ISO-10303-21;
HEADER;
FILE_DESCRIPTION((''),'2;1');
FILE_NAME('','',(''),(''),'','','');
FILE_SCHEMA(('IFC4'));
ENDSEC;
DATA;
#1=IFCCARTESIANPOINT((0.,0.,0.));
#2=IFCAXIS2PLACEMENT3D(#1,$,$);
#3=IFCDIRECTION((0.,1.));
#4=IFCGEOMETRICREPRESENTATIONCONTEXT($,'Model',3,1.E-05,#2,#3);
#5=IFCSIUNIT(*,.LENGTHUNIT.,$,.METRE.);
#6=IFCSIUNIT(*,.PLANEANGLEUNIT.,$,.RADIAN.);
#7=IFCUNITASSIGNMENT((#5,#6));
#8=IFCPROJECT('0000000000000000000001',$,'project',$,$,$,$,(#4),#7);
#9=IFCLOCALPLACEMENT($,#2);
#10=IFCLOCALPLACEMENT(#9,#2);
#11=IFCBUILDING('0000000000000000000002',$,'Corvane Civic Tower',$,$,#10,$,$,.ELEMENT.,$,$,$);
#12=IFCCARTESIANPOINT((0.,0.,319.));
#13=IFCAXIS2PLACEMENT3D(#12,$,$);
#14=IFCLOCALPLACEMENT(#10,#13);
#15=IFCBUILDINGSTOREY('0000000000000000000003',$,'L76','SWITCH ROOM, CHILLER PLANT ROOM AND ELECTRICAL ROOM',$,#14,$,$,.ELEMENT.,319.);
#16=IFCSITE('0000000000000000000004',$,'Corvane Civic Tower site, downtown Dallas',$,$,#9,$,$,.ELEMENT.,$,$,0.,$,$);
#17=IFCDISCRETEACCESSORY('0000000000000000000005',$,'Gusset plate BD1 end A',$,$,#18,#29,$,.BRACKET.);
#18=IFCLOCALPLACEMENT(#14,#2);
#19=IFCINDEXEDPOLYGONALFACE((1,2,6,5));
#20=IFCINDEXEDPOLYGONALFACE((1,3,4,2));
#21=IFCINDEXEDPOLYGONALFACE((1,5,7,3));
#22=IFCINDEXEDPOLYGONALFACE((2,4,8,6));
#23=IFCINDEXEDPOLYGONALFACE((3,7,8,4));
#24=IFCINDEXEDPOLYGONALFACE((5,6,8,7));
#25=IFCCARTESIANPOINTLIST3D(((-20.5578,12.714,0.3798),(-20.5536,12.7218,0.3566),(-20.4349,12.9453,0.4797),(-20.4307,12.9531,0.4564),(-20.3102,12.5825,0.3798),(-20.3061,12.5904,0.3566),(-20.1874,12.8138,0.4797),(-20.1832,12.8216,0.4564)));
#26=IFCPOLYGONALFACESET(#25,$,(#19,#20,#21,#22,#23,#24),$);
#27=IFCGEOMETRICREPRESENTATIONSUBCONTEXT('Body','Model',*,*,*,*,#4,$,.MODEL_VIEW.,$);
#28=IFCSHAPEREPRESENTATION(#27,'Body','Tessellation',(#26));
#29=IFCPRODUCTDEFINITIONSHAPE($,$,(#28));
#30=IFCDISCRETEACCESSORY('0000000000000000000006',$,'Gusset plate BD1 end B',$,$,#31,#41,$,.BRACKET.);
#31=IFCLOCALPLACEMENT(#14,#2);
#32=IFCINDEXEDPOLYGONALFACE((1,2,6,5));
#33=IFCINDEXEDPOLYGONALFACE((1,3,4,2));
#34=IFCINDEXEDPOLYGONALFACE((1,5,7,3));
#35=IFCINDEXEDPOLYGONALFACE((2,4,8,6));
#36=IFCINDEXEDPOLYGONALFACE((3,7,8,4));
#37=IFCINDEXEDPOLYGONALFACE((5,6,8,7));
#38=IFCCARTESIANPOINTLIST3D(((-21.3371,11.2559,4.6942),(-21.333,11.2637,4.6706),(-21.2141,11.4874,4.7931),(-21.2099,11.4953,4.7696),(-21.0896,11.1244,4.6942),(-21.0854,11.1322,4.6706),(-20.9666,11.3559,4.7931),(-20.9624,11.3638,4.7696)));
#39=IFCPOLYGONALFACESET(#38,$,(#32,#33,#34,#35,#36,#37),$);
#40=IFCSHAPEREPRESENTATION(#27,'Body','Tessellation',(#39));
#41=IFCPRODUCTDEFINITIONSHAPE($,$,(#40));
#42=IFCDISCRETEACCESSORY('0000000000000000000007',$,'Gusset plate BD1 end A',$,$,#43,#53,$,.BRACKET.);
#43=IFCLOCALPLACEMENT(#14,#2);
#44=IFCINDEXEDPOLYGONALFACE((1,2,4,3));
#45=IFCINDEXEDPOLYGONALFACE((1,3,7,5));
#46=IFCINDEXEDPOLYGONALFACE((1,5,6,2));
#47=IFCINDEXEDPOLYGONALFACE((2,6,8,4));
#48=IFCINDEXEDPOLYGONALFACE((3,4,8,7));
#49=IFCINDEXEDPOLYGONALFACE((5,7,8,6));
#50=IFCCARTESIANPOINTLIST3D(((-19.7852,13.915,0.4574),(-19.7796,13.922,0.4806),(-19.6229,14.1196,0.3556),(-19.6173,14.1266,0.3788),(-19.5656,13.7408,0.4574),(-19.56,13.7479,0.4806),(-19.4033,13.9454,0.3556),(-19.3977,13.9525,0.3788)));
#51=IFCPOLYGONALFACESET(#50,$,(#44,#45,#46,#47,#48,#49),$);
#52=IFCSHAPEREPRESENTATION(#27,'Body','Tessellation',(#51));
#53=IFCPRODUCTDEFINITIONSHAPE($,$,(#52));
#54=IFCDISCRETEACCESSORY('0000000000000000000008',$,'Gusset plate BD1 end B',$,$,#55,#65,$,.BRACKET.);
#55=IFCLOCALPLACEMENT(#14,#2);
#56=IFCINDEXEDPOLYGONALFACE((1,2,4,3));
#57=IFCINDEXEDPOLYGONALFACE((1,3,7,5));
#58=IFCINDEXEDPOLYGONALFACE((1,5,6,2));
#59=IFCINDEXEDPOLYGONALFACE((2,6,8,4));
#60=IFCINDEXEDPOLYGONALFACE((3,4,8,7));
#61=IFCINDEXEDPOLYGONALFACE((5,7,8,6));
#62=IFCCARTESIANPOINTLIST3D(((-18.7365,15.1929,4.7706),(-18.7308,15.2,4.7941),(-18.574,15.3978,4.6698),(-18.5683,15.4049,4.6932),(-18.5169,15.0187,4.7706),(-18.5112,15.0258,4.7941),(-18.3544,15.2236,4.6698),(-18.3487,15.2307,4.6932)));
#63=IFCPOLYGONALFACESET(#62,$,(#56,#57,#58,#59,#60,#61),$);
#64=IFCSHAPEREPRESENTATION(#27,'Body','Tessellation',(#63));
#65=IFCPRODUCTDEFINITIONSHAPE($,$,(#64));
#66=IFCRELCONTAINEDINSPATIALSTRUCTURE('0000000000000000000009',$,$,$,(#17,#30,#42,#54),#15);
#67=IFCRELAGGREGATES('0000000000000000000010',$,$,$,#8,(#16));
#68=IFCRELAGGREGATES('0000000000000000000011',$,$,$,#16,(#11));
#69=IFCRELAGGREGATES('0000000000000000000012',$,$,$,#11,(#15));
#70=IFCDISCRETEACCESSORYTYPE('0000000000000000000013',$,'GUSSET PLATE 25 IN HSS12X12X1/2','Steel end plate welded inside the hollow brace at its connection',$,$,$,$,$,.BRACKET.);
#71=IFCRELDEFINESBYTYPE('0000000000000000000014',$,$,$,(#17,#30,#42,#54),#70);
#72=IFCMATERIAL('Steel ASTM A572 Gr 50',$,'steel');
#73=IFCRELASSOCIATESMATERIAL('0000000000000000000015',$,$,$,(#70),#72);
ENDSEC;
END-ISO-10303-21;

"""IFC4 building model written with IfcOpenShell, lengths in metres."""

from ifc_helpers import new_model, si_unit, direction, frame, origin, origin_2d, place, context, subcontext, project, spatial, rectangle, extrude, material, material_profile, profile_set, type_object, element, save


model = new_model("IFC4")

# Units and contexts
model_context = context("Model", 3, precision=1e-05, world=origin(), true_north=direction((0.0, 1.0)))
body_context = subcontext(model_context, "Body", "Model", "MODEL_VIEW")
ifc_project = project(units=[si_unit("LENGTHUNIT", "METRE"), si_unit("PLANEANGLEUNIT", "RADIAN")], contexts=[model_context])

# Site, building, storey
site_placement = place(None, origin())
site = spatial("IfcSite", under=ifc_project, at=site_placement, Name="Corvane Civic Tower site, downtown Dallas", CompositionType="ELEMENT", RefElevation=0.0)
building_placement = place(site_placement, origin())
building = spatial("IfcBuilding", under=site, at=building_placement, Name="Corvane Civic Tower", CompositionType="ELEMENT")
storey_placement = place(building_placement, frame((0.0, 0.0, 319.0)))
storey = spatial("IfcBuildingStorey", under=building, at=storey_placement, Name="L76", Description="SWITCH ROOM, CHILLER PLANT ROOM AND ELECTRICAL ROOM", CompositionType="ELEMENT", Elevation=319.0)

# Discrete accessories
ifc_material_1 = material(Name="Steel ASTM A572 Gr 50", Category="steel")
ifc_material_profile_1 = material_profile(ifc_material_1, rectangle(XDim=0.2803, YDim=0.2803, at=origin_2d()), Name="GUSSET PLATE 25 IN HSS12X12X1/2")
ifc_profile_set_1 = profile_set([ifc_material_profile_1], Name="Steel ASTM A572 Gr 50")
discrete_accessory_type = type_object("IfcDiscreteAccessoryType", Name="GUSSET PLATE 25 IN HSS12X12X1/2", Description="Steel end plate welded inside the hollow brace at its connection", PredefinedType="BRACKET", material=ifc_profile_set_1)
discrete_accessory_1_placement = place(storey_placement, frame((-20.3684, 12.7717, 0.4065), z_axis=(-0.167198, -0.314725, 0.934341), x_axis=(0.883116, -0.469155, 0.0)))
element("IfcDiscreteAccessory", 1, at=discrete_accessory_1_placement, inside=storey, type_object=discrete_accessory_type, Name="Gusset plate BD1 end A", PredefinedType="BRACKET", context=body_context, shape_type="SweptSolid", body=[
    extrude(rectangle(XDim=0.2803, YDim=0.2803, at=origin_2d()), origin(), (0.0, 0.0, 1.0), 0.0249),
])
discrete_accessory_2_placement = place(storey_placement, frame((-21.1519, 11.3059, 4.7437), z_axis=(0.165674, 0.311858, -0.935573), x_axis=(-0.883116, 0.469155, 0.0)))
element("IfcDiscreteAccessory", 2, at=discrete_accessory_2_placement, inside=storey, type_object=discrete_accessory_type, Name="Gusset plate BD1 end B", PredefinedType="BRACKET", context=body_context, shape_type="SweptSolid", body=[
    extrude(rectangle(XDim=0.2803, YDim=0.2803, at=origin_2d()), origin(), (0.0, 0.0, 1.0), 0.0251),
])
discrete_accessory_3_placement = place(storey_placement, frame((-19.5942, 13.9302, 0.4065), z_axis=(0.225588, 0.284437, 0.931776), x_axis=(-0.783498, 0.621395, 0.0)))
element("IfcDiscreteAccessory", 3, at=discrete_accessory_3_placement, inside=storey, type_object=discrete_accessory_type, Name="Gusset plate BD1 end A", PredefinedType="BRACKET", context=body_context, shape_type="SweptSolid", body=[
    extrude(rectangle(XDim=0.2803, YDim=0.2803, at=origin_2d()), origin(), (0.0, 0.0, 1.0), 0.0249),
])
discrete_accessory_4_placement = place(storey_placement, frame((-18.5398, 15.2153, 4.7437), z_axis=(-0.223543, -0.281859, -0.933051), x_axis=(0.783498, -0.621395, 0.0)))
element("IfcDiscreteAccessory", 4, at=discrete_accessory_4_placement, inside=storey, type_object=discrete_accessory_type, Name="Gusset plate BD1 end B", PredefinedType="BRACKET", context=body_context, shape_type="SweptSolid", body=[
    extrude(rectangle(XDim=0.2803, YDim=0.2803, at=origin_2d()), origin(), (0.0, 0.0, 1.0), 0.0251),
])

save(model, "model.ifc")
